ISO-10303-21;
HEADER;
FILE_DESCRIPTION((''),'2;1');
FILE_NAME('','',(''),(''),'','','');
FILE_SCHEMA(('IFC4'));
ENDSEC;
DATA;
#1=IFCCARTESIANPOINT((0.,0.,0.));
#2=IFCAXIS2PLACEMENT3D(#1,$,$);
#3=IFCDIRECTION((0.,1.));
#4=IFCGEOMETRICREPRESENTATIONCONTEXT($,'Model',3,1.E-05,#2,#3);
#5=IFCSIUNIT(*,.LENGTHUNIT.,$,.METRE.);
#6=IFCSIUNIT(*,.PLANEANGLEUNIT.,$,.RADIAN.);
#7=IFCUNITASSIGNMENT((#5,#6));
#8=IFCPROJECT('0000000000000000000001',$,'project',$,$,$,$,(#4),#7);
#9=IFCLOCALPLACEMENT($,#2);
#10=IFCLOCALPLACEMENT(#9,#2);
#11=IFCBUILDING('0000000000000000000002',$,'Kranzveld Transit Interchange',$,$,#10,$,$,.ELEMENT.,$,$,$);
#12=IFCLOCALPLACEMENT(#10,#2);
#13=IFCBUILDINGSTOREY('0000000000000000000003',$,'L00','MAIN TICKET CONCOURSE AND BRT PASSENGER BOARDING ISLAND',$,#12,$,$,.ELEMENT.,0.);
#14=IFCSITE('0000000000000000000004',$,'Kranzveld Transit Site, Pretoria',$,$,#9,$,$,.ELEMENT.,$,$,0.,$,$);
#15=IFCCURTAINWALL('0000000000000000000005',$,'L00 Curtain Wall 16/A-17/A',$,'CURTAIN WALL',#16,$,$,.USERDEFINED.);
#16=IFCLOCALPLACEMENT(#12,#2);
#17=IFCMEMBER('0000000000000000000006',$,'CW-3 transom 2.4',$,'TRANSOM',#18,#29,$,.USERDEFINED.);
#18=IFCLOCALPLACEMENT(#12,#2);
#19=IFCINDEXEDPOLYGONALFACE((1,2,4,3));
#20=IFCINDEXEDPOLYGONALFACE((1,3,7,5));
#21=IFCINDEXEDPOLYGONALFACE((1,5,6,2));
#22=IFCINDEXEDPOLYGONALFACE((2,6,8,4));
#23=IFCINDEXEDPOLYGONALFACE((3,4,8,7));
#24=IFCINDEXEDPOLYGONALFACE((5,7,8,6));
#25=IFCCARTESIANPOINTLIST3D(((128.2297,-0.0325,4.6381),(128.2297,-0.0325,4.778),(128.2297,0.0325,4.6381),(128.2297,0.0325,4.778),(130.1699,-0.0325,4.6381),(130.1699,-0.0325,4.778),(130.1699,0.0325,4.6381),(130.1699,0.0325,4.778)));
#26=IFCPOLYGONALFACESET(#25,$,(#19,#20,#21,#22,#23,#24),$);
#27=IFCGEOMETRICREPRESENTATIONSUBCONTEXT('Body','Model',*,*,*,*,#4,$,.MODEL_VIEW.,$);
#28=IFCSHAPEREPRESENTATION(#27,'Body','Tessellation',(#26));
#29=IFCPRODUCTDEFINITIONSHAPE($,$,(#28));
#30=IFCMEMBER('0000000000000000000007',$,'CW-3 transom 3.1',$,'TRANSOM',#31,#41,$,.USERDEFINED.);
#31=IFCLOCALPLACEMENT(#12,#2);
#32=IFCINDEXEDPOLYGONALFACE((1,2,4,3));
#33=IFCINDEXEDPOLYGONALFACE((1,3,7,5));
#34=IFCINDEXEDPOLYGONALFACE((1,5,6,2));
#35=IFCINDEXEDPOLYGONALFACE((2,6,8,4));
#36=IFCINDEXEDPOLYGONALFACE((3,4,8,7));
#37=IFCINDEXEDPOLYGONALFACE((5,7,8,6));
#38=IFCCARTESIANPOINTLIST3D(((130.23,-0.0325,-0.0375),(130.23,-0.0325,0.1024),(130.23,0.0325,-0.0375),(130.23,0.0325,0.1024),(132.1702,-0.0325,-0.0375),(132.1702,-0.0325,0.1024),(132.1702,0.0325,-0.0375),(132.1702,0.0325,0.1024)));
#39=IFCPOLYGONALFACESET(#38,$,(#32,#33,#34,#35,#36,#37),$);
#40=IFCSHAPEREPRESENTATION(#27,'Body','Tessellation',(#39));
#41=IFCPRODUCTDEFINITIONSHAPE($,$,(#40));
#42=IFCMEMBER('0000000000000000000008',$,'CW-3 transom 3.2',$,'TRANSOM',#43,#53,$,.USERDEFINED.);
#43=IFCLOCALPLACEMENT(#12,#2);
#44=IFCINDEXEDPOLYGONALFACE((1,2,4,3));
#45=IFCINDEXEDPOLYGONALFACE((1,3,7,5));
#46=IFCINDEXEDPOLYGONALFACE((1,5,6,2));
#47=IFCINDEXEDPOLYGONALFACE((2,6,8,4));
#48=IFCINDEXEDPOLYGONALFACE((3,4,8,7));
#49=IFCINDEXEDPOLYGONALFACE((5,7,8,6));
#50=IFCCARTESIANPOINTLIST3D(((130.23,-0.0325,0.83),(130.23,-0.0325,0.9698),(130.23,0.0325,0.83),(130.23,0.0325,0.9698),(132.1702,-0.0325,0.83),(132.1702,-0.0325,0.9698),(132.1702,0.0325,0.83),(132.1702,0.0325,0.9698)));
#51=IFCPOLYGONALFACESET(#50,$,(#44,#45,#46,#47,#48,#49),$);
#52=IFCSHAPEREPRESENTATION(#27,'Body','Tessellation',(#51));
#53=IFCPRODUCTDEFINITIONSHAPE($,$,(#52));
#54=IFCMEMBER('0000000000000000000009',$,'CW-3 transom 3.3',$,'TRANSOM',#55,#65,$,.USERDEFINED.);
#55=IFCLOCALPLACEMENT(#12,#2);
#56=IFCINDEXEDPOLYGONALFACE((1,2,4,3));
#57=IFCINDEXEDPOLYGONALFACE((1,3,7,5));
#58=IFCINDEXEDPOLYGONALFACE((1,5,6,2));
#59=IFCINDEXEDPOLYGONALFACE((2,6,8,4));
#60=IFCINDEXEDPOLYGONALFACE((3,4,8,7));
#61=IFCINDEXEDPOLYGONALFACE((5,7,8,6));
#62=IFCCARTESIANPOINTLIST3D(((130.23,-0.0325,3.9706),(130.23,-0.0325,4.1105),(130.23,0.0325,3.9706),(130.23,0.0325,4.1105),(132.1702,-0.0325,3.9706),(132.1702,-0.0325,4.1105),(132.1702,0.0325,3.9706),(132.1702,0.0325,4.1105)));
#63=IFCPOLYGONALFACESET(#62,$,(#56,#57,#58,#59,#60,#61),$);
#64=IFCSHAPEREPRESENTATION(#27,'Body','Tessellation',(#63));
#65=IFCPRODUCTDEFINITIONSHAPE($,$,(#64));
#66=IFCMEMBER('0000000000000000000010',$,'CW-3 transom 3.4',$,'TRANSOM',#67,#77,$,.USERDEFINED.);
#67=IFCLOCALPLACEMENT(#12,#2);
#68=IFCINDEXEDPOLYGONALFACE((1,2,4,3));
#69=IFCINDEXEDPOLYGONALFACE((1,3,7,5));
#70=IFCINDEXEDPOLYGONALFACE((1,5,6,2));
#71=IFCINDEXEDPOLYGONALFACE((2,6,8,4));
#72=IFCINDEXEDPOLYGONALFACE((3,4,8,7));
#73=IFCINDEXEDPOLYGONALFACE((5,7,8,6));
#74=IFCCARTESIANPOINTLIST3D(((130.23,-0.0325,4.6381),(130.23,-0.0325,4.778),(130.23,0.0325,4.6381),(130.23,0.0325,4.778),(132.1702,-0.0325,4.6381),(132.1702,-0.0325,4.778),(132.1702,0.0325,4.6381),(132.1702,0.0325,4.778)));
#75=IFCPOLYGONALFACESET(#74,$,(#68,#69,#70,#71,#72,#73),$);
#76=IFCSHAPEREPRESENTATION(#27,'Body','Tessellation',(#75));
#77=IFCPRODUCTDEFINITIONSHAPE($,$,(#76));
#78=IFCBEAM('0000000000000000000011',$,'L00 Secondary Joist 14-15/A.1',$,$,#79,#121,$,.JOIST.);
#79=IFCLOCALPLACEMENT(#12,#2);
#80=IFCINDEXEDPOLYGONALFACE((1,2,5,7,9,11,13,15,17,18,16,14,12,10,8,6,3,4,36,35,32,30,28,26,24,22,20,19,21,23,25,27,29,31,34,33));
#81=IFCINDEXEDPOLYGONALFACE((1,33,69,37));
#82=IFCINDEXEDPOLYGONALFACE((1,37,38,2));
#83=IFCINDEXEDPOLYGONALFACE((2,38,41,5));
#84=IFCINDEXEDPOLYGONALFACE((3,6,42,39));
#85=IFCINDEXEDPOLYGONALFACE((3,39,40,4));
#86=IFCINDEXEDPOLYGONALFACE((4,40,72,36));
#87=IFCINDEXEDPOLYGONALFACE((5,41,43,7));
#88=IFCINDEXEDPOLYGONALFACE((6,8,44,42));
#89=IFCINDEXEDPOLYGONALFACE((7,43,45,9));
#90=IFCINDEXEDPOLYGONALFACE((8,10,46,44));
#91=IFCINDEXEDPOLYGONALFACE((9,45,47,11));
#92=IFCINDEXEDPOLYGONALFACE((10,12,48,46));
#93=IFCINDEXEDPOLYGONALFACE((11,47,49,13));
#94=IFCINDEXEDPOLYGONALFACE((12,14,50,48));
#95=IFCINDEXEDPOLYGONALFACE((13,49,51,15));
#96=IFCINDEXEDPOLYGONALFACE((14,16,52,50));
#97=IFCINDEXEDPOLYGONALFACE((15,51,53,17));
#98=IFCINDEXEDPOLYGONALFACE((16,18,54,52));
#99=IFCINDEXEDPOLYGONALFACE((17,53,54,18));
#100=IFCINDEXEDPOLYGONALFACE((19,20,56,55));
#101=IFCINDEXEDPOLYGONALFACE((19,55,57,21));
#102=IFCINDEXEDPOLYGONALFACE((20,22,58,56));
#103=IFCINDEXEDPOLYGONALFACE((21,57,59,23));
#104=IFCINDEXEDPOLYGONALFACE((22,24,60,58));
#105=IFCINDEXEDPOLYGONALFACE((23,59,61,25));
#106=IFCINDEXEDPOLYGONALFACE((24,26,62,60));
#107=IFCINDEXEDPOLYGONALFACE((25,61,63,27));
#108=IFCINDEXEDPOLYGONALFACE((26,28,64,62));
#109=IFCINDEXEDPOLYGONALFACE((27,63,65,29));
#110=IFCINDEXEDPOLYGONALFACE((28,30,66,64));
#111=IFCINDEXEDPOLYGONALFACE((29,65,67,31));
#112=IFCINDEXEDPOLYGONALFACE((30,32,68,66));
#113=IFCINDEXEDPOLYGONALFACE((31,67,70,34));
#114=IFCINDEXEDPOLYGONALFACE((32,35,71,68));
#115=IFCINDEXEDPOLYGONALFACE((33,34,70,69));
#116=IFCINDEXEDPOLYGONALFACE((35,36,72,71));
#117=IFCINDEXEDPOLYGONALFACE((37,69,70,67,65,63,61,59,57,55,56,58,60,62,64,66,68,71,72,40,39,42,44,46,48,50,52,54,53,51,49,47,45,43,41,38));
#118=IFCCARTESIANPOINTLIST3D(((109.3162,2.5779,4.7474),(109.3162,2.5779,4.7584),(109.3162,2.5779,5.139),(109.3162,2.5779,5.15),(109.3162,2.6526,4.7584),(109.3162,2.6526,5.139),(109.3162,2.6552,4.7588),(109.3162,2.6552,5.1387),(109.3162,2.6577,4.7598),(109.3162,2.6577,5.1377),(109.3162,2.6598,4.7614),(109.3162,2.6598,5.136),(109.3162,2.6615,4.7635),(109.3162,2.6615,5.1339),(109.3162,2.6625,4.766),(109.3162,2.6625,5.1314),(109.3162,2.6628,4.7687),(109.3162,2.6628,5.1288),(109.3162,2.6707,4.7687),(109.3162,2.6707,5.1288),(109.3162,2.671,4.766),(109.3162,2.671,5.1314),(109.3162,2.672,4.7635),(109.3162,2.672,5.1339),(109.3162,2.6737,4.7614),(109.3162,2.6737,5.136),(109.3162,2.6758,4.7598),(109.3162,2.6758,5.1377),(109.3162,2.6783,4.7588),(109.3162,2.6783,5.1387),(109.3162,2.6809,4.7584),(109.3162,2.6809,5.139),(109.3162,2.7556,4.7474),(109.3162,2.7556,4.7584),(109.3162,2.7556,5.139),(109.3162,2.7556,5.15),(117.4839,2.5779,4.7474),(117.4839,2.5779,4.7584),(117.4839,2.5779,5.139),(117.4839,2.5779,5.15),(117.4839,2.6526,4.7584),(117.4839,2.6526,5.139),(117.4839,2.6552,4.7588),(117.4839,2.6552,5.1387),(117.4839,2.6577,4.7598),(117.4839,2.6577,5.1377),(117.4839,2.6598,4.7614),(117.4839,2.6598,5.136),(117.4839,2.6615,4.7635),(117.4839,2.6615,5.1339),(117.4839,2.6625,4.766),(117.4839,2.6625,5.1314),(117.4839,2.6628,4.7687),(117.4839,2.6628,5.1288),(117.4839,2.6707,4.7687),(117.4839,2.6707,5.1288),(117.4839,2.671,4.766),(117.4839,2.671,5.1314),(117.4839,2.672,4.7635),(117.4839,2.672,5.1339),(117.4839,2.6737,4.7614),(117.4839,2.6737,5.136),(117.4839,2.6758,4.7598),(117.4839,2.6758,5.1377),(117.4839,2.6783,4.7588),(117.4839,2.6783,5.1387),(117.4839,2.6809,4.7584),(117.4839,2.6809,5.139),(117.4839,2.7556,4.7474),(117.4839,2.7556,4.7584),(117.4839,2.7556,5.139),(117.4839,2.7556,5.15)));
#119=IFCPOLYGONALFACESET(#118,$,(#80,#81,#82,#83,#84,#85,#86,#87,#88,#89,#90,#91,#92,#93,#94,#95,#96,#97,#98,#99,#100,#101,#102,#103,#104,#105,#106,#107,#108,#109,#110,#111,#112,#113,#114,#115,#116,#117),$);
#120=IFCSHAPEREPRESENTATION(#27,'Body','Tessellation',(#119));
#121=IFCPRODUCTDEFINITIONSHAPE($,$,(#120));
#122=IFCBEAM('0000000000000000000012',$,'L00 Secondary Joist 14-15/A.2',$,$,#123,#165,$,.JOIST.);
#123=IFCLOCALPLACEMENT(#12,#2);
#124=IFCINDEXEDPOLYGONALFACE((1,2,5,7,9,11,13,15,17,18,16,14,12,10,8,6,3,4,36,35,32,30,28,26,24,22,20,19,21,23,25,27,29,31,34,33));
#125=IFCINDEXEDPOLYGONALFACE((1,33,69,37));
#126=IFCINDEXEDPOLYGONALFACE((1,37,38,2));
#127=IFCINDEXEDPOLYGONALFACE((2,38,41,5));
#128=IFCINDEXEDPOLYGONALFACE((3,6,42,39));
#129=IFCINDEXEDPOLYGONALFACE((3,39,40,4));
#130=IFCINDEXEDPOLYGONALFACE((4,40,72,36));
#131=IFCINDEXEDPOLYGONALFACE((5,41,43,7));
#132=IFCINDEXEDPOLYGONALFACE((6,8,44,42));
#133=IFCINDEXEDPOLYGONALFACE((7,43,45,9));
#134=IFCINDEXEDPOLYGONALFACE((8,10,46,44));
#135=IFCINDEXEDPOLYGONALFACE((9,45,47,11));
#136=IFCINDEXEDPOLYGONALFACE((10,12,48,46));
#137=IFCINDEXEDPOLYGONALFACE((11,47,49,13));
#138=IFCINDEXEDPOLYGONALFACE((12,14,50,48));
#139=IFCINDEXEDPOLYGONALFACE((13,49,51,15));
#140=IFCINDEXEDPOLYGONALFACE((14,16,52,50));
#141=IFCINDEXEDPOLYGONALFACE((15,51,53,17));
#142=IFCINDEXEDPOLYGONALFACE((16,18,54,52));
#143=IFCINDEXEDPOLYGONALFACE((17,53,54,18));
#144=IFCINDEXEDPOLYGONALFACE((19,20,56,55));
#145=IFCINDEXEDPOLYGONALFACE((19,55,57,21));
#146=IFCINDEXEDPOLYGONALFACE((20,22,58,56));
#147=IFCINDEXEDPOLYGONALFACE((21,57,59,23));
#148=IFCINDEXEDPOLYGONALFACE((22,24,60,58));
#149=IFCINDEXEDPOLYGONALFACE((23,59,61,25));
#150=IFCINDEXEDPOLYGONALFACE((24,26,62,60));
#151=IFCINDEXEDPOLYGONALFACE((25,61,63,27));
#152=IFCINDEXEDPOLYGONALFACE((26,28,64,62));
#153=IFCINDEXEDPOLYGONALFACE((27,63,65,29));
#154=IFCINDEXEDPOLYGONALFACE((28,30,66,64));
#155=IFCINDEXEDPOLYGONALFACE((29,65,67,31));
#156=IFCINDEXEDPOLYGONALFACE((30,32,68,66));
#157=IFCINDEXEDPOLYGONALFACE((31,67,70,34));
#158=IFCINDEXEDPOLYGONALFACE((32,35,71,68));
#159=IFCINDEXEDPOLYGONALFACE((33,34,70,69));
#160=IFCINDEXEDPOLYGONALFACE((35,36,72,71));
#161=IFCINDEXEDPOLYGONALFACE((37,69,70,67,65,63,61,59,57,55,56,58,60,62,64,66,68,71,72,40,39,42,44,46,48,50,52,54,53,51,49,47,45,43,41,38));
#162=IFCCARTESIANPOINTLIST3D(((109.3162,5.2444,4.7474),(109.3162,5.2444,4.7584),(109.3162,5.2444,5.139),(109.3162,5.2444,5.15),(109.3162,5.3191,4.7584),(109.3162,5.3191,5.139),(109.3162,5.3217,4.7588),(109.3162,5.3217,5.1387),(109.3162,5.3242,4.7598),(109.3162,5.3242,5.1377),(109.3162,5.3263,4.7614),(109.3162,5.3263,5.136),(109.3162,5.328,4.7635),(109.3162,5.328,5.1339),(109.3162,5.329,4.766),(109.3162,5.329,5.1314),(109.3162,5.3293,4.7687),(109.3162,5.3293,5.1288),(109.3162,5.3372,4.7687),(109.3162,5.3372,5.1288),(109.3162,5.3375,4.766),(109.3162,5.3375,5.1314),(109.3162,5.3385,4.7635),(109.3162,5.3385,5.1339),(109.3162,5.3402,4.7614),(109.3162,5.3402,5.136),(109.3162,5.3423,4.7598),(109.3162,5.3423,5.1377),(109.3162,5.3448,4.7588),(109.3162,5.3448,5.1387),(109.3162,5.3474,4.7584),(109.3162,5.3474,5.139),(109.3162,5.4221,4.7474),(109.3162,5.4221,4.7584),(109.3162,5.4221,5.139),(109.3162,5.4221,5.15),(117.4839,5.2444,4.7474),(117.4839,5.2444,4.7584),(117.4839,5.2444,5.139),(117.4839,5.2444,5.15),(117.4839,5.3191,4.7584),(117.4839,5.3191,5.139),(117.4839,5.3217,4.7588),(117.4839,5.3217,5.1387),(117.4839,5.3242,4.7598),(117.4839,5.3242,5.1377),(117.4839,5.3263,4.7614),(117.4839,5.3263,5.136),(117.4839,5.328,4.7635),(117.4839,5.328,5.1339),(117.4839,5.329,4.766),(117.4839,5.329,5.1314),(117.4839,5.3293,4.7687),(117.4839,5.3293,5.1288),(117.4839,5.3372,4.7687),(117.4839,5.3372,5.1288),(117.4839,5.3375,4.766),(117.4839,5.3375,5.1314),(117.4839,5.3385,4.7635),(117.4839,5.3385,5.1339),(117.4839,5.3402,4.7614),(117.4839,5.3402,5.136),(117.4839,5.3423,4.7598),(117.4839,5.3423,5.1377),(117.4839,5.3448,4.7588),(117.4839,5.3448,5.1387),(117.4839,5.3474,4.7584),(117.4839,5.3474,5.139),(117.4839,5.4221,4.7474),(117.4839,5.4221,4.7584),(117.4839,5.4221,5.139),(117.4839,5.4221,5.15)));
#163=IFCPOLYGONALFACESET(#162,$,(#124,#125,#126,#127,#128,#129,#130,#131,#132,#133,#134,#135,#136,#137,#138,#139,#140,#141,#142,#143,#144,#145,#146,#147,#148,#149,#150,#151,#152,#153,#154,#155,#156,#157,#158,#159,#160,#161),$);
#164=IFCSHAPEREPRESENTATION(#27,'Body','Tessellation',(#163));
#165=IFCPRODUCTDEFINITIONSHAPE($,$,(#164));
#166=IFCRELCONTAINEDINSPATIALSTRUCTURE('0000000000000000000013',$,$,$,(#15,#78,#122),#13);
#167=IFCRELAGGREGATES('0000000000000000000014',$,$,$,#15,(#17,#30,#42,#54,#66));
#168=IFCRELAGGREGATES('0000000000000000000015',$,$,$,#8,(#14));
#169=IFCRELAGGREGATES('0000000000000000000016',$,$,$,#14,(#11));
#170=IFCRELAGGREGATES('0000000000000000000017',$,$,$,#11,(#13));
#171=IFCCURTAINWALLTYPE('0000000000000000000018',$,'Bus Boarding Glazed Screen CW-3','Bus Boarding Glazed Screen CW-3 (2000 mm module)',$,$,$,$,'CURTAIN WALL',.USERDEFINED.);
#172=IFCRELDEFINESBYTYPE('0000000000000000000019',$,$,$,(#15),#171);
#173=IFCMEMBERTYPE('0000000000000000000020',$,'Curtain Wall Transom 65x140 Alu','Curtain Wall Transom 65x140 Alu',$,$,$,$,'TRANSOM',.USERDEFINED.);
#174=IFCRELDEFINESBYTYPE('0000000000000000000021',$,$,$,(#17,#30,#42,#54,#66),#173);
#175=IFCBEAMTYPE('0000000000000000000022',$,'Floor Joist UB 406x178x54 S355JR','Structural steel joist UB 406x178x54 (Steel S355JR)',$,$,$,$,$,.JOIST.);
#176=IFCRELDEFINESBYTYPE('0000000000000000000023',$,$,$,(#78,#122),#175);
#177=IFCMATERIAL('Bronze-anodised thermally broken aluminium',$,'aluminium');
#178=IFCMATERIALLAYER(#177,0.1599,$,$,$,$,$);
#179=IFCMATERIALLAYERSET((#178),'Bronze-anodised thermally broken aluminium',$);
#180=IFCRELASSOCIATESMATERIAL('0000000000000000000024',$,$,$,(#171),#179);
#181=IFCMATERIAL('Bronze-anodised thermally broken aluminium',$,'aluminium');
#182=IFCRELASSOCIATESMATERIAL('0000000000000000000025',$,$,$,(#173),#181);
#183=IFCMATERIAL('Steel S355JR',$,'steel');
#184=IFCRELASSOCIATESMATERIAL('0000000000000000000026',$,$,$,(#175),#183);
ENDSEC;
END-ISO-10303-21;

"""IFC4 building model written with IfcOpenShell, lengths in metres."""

from ifc_helpers import new_model, si_unit, direction, frame, origin, origin_2d, place, context, subcontext, project, spatial, rectangle, i_section, extrude, material, layer, layer_set, material_profile, profile_set, type_object, element, aggregate, save


model = new_model("IFC4")

# Units and contexts
model_context = context("Model", 3, precision=1e-05, world=origin(), true_north=direction((0.0, 1.0)))
body_context = subcontext(model_context, "Body", "Model", "MODEL_VIEW")
ifc_project = project(units=[si_unit("LENGTHUNIT", "METRE"), si_unit("PLANEANGLEUNIT", "RADIAN")], contexts=[model_context])

# Site, building, storey
site_placement = place(None, origin())
site = spatial("IfcSite", under=ifc_project, at=site_placement, Name="Kranzveld Transit Site, Pretoria", CompositionType="ELEMENT", RefElevation=0.0)
building_placement = place(site_placement, origin())
building = spatial("IfcBuilding", under=site, at=building_placement, Name="Kranzveld Transit Interchange", CompositionType="ELEMENT")
storey_placement = place(building_placement, origin())
storey = spatial("IfcBuildingStorey", under=building, at=storey_placement, Name="L00", Description="MAIN TICKET CONCOURSE AND BRT PASSENGER BOARDING ISLAND", CompositionType="ELEMENT", Elevation=0.0)

# Curtain wall, members
ifc_material_1 = material(Name="Bronze-anodised thermally broken aluminium", Category="aluminium")
ifc_layer_1 = layer(ifc_material_1, 0.1599)
ifc_layer_set_1 = layer_set([ifc_layer_1], Name="Bronze-anodised thermally broken aluminium")
curtain_wall_type = type_object("IfcCurtainWallType", Name="Bus Boarding Glazed Screen CW-3", Description="Bus Boarding Glazed Screen CW-3 (2000 mm module)", ElementType="CURTAIN WALL", PredefinedType="USERDEFINED", material=ifc_layer_set_1)
curtain_wall_placement = place(storey_placement, origin())
curtain_wall = element("IfcCurtainWall", 1, at=curtain_wall_placement, inside=storey, type_object=curtain_wall_type, Name="L00 Curtain Wall 16/A-17/A", ObjectType="CURTAIN WALL", PredefinedType="USERDEFINED")
ifc_material_2 = material(Name="Bronze-anodised thermally broken aluminium", Category="aluminium")
ifc_material_profile_1 = material_profile(ifc_material_2, rectangle(XDim=0.0649, YDim=0.1399, at=origin_2d()), Name="ALU TRANSOM 65x140")
ifc_profile_set_1 = profile_set([ifc_material_profile_1], Name="Bronze-anodised thermally broken aluminium")
member_type_1 = type_object("IfcMemberType", Name="Curtain Wall Transom 65x140 Alu", Description="Curtain Wall Transom 65x140 Alu", ElementType="TRANSOM", PredefinedType="USERDEFINED", material=ifc_profile_set_1)
member_1_placement = place(storey_placement, frame((128.2297, 0.0, 4.708), z_axis=(1.0, 0.0, 0.0), x_axis=(0.0, 1.0, 0.0)))
member_1 = element("IfcMember", 2, at=member_1_placement, type_object=member_type_1, Name="CW-3 transom 2.4", ObjectType="TRANSOM", PredefinedType="USERDEFINED", context=body_context, shape_type="SweptSolid", body=[
    extrude(rectangle(XDim=0.0649, YDim=0.1399, at=origin_2d()), origin(), (0.0, 0.0, 1.0), 1.9402),
])
member_2_placement = place(storey_placement, frame((130.23, 0.0, 0.0325), z_axis=(1.0, 0.0, 0.0), x_axis=(0.0, 1.0, 0.0)))
member_2 = element("IfcMember", 3, at=member_2_placement, type_object=member_type_1, Name="CW-3 transom 3.1", ObjectType="TRANSOM", PredefinedType="USERDEFINED", context=body_context, shape_type="SweptSolid", body=[
    extrude(rectangle(XDim=0.0649, YDim=0.1399, at=origin_2d()), origin(), (0.0, 0.0, 1.0), 1.9402),
])
member_3_placement = place(storey_placement, frame((130.23, 0.0, 0.8999), z_axis=(1.0, 0.0, 0.0), x_axis=(0.0, 1.0, 0.0)))
member_3 = element("IfcMember", 4, at=member_3_placement, type_object=member_type_1, Name="CW-3 transom 3.2", ObjectType="TRANSOM", PredefinedType="USERDEFINED", context=body_context, shape_type="SweptSolid", body=[
    extrude(rectangle(XDim=0.0649, YDim=0.1399, at=origin_2d()), origin(), (0.0, 0.0, 1.0), 1.9402),
])
member_4_placement = place(storey_placement, frame((130.23, 0.0, 4.0405), z_axis=(1.0, 0.0, 0.0), x_axis=(0.0, 1.0, 0.0)))
member_4 = element("IfcMember", 5, at=member_4_placement, type_object=member_type_1, Name="CW-3 transom 3.3", ObjectType="TRANSOM", PredefinedType="USERDEFINED", context=body_context, shape_type="SweptSolid", body=[
    extrude(rectangle(XDim=0.0649, YDim=0.1399, at=origin_2d()), origin(), (0.0, 0.0, 1.0), 1.9402),
])
member_5_placement = place(storey_placement, frame((130.23, 0.0, 4.708), z_axis=(1.0, 0.0, 0.0), x_axis=(0.0, 1.0, 0.0)))
member_5 = element("IfcMember", 6, at=member_5_placement, type_object=member_type_1, Name="CW-3 transom 3.4", ObjectType="TRANSOM", PredefinedType="USERDEFINED", context=body_context, shape_type="SweptSolid", body=[
    extrude(rectangle(XDim=0.0649, YDim=0.1399, at=origin_2d()), origin(), (0.0, 0.0, 1.0), 1.9402),
])

# Beams
ifc_material_3 = material(Name="Steel S355JR", Category="steel")
ifc_material_profile_2 = material_profile(ifc_material_3, i_section(OverallWidth=0.1777, OverallDepth=0.4026, WebThickness=0.0078, FlangeThickness=0.011, FilletRadius=0.0103, at=origin_2d()), Name="UB 406x178x54")
ifc_profile_set_2 = profile_set([ifc_material_profile_2], Name="Steel S355JR")
beam_type_1 = type_object("IfcBeamType", Name="Floor Joist UB 406x178x54 S355JR", Description="Structural steel joist UB 406x178x54 (Steel S355JR)", PredefinedType="JOIST", material=ifc_profile_set_2)
for number, where, z_axis, x_axis, name in (
    (7, (109.3162, 2.6667, 4.9487), (1.0, 0.0, 0.0), (0.0, 1.0, 0.0), "L00 Secondary Joist 14-15/A.1"),
    (8, (109.3162, 5.3333, 4.9487), (1.0, 0.0, 0.0), (0.0, 1.0, 0.0), "L00 Secondary Joist 14-15/A.2"),
):
    element("IfcBeam", number, at=place(storey_placement, frame(where, z_axis=z_axis, x_axis=x_axis)), inside=storey, type_object=beam_type_1, Name=name, PredefinedType="JOIST", context=body_context, shape_type="SweptSolid", body=[
        extrude(i_section(OverallWidth=0.1777, OverallDepth=0.4026, WebThickness=0.0078, FlangeThickness=0.011, FilletRadius=0.0103, at=origin_2d()), origin(), (0.0, 0.0, 1.0), 8.1677),
    ])

aggregate(curtain_wall, [member_1, member_2, member_3, member_4, member_5])

save(model, "model.ifc")
